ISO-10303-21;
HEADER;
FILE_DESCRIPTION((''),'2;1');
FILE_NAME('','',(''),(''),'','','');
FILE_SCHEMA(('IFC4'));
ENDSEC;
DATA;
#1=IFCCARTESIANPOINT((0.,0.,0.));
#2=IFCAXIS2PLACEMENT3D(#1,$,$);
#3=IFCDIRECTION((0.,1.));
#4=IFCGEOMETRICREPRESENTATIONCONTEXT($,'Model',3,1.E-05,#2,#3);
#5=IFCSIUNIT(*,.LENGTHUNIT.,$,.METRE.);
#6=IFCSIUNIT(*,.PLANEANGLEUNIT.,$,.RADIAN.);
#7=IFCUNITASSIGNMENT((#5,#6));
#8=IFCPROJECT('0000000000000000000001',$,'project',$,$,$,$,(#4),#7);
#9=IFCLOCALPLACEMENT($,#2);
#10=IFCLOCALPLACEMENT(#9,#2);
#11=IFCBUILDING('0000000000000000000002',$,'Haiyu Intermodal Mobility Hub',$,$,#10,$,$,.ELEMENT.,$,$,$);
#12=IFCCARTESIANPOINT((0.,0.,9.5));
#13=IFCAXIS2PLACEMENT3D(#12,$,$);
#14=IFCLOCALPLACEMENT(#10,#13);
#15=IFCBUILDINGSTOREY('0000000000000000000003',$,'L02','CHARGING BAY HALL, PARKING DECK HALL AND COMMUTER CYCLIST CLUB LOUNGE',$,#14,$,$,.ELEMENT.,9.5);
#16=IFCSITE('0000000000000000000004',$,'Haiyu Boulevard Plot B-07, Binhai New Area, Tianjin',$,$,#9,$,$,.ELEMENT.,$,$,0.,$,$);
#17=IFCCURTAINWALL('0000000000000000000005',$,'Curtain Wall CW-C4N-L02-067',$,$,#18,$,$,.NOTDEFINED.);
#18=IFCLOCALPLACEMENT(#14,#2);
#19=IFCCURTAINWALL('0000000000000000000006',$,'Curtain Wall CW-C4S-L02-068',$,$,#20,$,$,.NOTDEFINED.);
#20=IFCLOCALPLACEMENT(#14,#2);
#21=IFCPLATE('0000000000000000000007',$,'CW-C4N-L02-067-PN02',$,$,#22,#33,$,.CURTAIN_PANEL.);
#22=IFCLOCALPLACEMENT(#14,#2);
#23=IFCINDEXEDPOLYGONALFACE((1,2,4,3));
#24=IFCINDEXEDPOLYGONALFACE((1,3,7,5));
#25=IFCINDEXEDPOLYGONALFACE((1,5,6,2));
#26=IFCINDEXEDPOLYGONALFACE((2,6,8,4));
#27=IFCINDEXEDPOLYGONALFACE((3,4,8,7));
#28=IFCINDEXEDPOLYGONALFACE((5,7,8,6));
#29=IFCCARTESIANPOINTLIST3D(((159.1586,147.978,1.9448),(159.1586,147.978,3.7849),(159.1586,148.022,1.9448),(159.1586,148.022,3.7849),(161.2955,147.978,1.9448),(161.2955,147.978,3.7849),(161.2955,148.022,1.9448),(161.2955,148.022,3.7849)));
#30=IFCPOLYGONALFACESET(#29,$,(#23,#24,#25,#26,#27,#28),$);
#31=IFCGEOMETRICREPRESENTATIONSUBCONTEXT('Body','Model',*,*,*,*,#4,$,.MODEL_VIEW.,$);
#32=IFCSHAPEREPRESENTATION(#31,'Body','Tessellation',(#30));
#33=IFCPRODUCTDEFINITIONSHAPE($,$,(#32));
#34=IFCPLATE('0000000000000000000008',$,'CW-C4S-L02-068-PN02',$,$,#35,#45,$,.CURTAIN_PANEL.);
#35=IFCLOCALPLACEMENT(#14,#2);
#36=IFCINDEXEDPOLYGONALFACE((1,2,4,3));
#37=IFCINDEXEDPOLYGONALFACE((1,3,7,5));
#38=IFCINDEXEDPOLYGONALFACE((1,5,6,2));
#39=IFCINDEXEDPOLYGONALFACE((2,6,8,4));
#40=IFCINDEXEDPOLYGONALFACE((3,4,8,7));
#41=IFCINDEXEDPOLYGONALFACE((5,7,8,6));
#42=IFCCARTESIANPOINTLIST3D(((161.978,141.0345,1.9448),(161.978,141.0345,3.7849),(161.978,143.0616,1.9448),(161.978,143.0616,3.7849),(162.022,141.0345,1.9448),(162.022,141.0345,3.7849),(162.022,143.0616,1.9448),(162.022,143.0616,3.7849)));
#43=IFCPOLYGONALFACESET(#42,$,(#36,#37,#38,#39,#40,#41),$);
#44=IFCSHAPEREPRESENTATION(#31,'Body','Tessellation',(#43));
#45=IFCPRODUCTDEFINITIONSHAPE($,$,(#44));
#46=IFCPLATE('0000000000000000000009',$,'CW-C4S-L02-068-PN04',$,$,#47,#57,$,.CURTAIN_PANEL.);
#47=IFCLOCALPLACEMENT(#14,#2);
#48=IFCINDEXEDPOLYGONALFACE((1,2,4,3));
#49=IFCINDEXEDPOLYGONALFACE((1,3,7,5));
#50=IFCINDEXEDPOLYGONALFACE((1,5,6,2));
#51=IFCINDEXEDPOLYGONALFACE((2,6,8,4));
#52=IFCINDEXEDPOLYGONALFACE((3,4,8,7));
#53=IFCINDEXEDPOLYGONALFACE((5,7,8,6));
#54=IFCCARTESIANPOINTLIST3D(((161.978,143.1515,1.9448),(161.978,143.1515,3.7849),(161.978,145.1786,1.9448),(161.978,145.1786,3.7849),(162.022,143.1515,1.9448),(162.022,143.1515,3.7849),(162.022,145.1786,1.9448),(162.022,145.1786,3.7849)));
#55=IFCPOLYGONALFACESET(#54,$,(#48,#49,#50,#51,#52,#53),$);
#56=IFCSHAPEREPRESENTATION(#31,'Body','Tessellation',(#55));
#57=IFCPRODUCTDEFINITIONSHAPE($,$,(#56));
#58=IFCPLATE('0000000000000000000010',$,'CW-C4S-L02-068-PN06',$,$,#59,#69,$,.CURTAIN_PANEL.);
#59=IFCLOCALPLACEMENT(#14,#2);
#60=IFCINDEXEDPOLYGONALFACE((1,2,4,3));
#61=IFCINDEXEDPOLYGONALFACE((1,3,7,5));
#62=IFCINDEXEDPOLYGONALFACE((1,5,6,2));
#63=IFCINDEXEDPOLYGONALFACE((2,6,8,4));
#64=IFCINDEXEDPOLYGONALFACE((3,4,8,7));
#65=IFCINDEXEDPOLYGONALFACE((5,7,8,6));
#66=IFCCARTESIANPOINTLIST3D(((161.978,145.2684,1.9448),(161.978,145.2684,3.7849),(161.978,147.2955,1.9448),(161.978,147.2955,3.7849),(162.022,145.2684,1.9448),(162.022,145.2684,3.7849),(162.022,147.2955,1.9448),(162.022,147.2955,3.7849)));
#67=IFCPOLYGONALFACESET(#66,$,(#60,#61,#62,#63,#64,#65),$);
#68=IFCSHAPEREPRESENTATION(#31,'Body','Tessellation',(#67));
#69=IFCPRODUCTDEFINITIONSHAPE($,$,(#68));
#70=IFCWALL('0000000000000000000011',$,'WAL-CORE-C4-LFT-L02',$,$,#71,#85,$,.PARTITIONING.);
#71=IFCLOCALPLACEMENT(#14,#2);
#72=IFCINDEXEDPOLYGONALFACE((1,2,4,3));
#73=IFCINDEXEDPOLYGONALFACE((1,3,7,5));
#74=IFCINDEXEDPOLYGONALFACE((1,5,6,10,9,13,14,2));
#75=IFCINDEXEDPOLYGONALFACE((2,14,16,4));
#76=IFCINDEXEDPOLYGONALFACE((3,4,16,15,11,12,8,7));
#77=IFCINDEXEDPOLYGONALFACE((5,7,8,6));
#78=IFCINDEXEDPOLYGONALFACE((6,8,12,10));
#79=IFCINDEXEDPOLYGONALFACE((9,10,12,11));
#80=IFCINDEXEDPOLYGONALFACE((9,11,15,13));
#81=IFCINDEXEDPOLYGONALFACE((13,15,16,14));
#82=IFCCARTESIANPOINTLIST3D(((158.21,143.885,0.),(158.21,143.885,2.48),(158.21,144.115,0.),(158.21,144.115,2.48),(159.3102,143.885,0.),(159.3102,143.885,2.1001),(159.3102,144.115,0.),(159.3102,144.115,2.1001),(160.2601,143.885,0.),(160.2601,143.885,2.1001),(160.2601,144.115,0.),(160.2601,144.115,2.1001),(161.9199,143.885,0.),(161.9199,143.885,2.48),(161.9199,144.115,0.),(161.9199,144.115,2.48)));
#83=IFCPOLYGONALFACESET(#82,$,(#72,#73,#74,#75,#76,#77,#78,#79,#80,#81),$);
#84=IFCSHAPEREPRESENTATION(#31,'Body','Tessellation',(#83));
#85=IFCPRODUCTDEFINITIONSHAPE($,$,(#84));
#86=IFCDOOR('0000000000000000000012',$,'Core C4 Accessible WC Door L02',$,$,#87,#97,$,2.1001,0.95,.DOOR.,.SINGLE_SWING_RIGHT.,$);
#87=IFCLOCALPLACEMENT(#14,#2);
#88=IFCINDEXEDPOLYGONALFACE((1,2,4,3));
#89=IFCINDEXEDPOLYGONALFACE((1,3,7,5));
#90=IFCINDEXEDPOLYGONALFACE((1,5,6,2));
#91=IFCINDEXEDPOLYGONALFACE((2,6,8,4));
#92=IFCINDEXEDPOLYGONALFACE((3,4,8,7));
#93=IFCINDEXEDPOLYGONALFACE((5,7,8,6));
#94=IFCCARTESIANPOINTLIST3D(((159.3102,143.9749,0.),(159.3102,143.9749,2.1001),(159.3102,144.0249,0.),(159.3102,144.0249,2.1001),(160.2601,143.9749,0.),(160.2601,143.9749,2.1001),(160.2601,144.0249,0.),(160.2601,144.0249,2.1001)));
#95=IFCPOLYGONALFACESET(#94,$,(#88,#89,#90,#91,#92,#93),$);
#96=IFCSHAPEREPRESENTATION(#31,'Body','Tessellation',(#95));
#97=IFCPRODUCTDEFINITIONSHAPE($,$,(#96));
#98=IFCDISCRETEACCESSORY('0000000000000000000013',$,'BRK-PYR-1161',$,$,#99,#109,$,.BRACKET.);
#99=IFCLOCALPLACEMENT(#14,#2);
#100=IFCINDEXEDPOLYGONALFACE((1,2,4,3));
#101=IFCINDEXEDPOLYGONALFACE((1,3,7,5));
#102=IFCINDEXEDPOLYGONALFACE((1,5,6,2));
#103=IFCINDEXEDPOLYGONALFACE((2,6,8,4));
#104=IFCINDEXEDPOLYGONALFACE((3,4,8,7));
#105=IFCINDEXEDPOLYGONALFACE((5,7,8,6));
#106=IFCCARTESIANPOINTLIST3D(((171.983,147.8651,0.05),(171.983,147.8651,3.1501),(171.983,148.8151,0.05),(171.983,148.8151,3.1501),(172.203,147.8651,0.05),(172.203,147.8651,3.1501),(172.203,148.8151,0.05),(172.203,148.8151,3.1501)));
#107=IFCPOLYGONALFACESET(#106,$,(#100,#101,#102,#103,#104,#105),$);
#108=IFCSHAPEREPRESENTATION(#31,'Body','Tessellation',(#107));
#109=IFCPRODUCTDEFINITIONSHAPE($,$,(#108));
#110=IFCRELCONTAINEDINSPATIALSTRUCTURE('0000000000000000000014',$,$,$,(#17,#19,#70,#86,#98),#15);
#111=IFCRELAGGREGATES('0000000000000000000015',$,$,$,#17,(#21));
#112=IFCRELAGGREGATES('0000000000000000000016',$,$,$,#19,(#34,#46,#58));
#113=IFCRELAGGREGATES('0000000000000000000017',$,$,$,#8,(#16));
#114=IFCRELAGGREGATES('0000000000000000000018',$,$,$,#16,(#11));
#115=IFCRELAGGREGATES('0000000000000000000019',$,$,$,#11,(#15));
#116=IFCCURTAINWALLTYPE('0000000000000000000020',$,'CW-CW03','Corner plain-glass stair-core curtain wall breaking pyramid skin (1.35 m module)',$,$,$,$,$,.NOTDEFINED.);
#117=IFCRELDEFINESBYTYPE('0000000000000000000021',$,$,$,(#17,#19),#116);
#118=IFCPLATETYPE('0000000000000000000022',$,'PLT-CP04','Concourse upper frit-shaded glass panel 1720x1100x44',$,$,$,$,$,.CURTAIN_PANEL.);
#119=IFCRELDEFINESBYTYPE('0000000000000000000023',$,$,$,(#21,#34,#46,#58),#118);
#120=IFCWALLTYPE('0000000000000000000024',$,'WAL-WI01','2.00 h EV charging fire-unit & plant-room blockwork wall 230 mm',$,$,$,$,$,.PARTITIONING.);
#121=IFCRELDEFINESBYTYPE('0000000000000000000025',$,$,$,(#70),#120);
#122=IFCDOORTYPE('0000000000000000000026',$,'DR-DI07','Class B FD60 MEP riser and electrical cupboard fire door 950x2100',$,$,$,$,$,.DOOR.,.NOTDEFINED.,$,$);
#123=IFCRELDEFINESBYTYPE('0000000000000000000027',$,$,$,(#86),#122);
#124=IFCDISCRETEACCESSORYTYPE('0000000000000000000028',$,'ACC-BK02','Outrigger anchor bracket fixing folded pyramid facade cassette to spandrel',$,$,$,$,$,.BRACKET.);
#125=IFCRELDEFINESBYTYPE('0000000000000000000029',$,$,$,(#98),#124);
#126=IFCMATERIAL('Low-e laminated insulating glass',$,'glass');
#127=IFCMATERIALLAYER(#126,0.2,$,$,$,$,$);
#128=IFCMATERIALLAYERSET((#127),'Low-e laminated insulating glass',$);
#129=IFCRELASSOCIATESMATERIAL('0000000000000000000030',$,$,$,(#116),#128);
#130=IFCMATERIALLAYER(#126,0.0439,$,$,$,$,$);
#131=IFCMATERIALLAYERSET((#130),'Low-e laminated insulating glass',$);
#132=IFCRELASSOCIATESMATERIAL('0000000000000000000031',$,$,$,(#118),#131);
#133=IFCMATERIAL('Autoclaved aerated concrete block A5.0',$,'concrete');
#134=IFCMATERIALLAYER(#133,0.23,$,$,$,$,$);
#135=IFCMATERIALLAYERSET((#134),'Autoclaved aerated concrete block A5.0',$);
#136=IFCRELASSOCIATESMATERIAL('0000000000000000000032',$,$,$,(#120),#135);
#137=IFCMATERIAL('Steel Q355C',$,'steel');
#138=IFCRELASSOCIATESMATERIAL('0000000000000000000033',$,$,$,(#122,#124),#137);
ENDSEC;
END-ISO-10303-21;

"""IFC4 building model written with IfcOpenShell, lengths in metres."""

from ifc_helpers import new_model, si_unit, direction, frame, frame_2d, origin, origin_2d, place, context, subcontext, project, spatial, rectangle, extrude, material, layer, layer_set, type_object, element, fill, aggregate, save


model = new_model("IFC4")

# Units and contexts
model_context = context("Model", 3, precision=1e-05, world=origin(), true_north=direction((0.0, 1.0)))
body_context = subcontext(model_context, "Body", "Model", "MODEL_VIEW")
ifc_project = project(units=[si_unit("LENGTHUNIT", "METRE"), si_unit("PLANEANGLEUNIT", "RADIAN")], contexts=[model_context])

# Site, building, storey
site_placement = place(None, origin())
site = spatial("IfcSite", under=ifc_project, at=site_placement, Name="Haiyu Boulevard Plot B-07, Binhai New Area, Tianjin", CompositionType="ELEMENT", RefElevation=0.0)
building_placement = place(site_placement, origin())
building = spatial("IfcBuilding", under=site, at=building_placement, Name="Haiyu Intermodal Mobility Hub", CompositionType="ELEMENT")
storey_placement = place(building_placement, frame((0.0, 0.0, 9.5)))
storey = spatial("IfcBuildingStorey", under=building, at=storey_placement, Name="L02", Description="CHARGING BAY HALL, PARKING DECK HALL AND COMMUTER CYCLIST CLUB LOUNGE", CompositionType="ELEMENT", Elevation=9.5)

# Shared definitions
ifc_material_1 = material(Name="Steel Q355C", Category="steel")

# Curtain walls
ifc_material_2 = material(Name="Low-e laminated insulating glass", Category="glass")
ifc_layer_1 = layer(ifc_material_2, 0.2)
ifc_layer_set_1 = layer_set([ifc_layer_1], Name="Low-e laminated insulating glass")
curtain_wall_type = type_object("IfcCurtainWallType", Name="CW-CW03", Description="Corner plain-glass stair-core curtain wall breaking pyramid skin (1.35 m module)", PredefinedType="NOTDEFINED", material=ifc_layer_set_1)
curtain_wall_1_placement = place(storey_placement, origin())
curtain_wall_1 = element("IfcCurtainWall", 1, at=curtain_wall_1_placement, inside=storey, type_object=curtain_wall_type, Name="Curtain Wall CW-C4N-L02-067", PredefinedType="NOTDEFINED")
curtain_wall_2_placement = place(storey_placement, origin())
curtain_wall_2 = element("IfcCurtainWall", 2, at=curtain_wall_2_placement, inside=storey, type_object=curtain_wall_type, Name="Curtain Wall CW-C4S-L02-068", PredefinedType="NOTDEFINED")

# Plates
ifc_layer_2 = layer(ifc_material_2, 0.0439)
ifc_layer_set_2 = layer_set([ifc_layer_2], Name="Low-e laminated insulating glass")
plate_type_1 = type_object("IfcPlateType", Name="PLT-CP04", Description="Concourse upper frit-shaded glass panel 1720x1100x44", PredefinedType="CURTAIN_PANEL", material=ifc_layer_set_2)
plate_1_placement = place(storey_placement, frame((160.2271, 148.0, 1.9448), z_axis=(0.0, 0.0, 1.0), x_axis=(-1.0, 0.0, 0.0)))
plate_1 = element("IfcPlate", 3, at=plate_1_placement, type_object=plate_type_1, Name="CW-C4N-L02-067-PN02", PredefinedType="CURTAIN_PANEL", context=body_context, shape_type="SweptSolid", body=[
    extrude(rectangle(XDim=2.137, YDim=0.0439, at=origin_2d()), origin(), (0.0, 0.0, 1.0), 1.8401),
])
aggregate(curtain_wall_1, [plate_1])
plate_2_placement = place(storey_placement, frame((162.0, 142.0481, 1.9448), z_axis=(0.0, 0.0, 1.0), x_axis=(0.0, 1.0, 0.0)))
plate_2 = element("IfcPlate", 4, at=plate_2_placement, type_object=plate_type_1, Name="CW-C4S-L02-068-PN02", PredefinedType="CURTAIN_PANEL", context=body_context, shape_type="SweptSolid", body=[
    extrude(rectangle(XDim=2.0271, YDim=0.0439, at=origin_2d()), origin(), (0.0, 0.0, 1.0), 1.8401),
])
plate_3_placement = place(storey_placement, frame((162.0, 144.165, 1.9448), z_axis=(0.0, 0.0, 1.0), x_axis=(0.0, 1.0, 0.0)))
plate_3 = element("IfcPlate", 5, at=plate_3_placement, type_object=plate_type_1, Name="CW-C4S-L02-068-PN04", PredefinedType="CURTAIN_PANEL", context=body_context, shape_type="SweptSolid", body=[
    extrude(rectangle(XDim=2.0271, YDim=0.0439, at=origin_2d()), origin(), (0.0, 0.0, 1.0), 1.8401),
])
plate_4_placement = place(storey_placement, frame((162.0, 146.282, 1.9448), z_axis=(0.0, 0.0, 1.0), x_axis=(0.0, 1.0, 0.0)))
plate_4 = element("IfcPlate", 6, at=plate_4_placement, type_object=plate_type_1, Name="CW-C4S-L02-068-PN06", PredefinedType="CURTAIN_PANEL", context=body_context, shape_type="SweptSolid", body=[
    extrude(rectangle(XDim=2.0271, YDim=0.0439, at=origin_2d()), origin(), (0.0, 0.0, 1.0), 1.8401),
])
aggregate(curtain_wall_2, [plate_2, plate_3, plate_4])

# Wall, opening, door
ifc_material_3 = material(Name="Autoclaved aerated concrete block A5.0", Category="concrete")
ifc_layer_3 = layer(ifc_material_3, 0.23)
ifc_layer_set_3 = layer_set([ifc_layer_3], Name="Autoclaved aerated concrete block A5.0")
wall_type = type_object("IfcWallType", Name="WAL-WI01", Description="2.00 h EV charging fire-unit & plant-room blockwork wall 230 mm", PredefinedType="PARTITIONING", material=ifc_layer_set_3)
wall_placement = place(storey_placement, frame((158.21, 144.0, 0.0), z_axis=(0.0, 0.0, 1.0), x_axis=(1.0, 0.0, 0.0)))
wall = element("IfcWall", 7, at=wall_placement, inside=storey, type_object=wall_type, Name="WAL-CORE-C4-LFT-L02", PredefinedType="PARTITIONING", context=body_context, shape_type="SweptSolid", body=[
    extrude(rectangle(XDim=3.71, YDim=0.23, at=frame_2d((1.855, 0.0))), origin(), (0.0, 0.0, 1.0), 2.48),
])
opening_placement = place(wall_placement, frame((1.1001, 0.0, 0.0)))
opening = element("IfcOpeningElement", 8, at=opening_placement, cuts=wall, PredefinedType="OPENING", context=body_context, shape_type="SweptSolid", body=[
    extrude(rectangle(XDim=0.95, YDim=2.1001, at=frame_2d((0.4751, 1.05))), frame((0.0, 0.125, 0.0), z_axis=(0.0, -1.0, 0.0), x_axis=(1.0, 0.0, 0.0)), (0.0, 0.0, 1.0), 0.25),
])
door_type = type_object("IfcDoorType", Name="DR-DI07", Description="Class B FD60 MEP riser and electrical cupboard fire door 950x2100", OperationType="NOTDEFINED", PredefinedType="DOOR", material=ifc_material_1)
door_placement = place(opening_placement, origin())
door = element("IfcDoor", 9, at=door_placement, inside=storey, type_object=door_type, Name="Core C4 Accessible WC Door L02", OperationType="SINGLE_SWING_RIGHT", OverallHeight=2.1001, OverallWidth=0.95, PredefinedType="DOOR", context=body_context, shape_type="SweptSolid", body=[
    extrude(rectangle(XDim=0.95, YDim=2.1001, at=frame_2d((0.4751, 1.05))), frame((0.0, 0.0249, 0.0), z_axis=(0.0, -1.0, 0.0), x_axis=(1.0, 0.0, 0.0)), (0.0, 0.0, 1.0), 0.05),
])
fill(opening, door)

# Discrete accessory
discrete_accessory_type = type_object("IfcDiscreteAccessoryType", Name="ACC-BK02", Description="Outrigger anchor bracket fixing folded pyramid facade cassette to spandrel", PredefinedType="BRACKET", material=ifc_material_1)
discrete_accessory_placement = place(storey_placement, frame((172.093, 148.3401, 0.05), z_axis=(0.0, 0.0, 1.0), x_axis=(1.0, 0.0, 0.0)))
element("IfcDiscreteAccessory", 10, at=discrete_accessory_placement, inside=storey, type_object=discrete_accessory_type, Name="BRK-PYR-1161", PredefinedType="BRACKET", context=body_context, shape_type="SweptSolid", body=[
    extrude(rectangle(XDim=0.22, YDim=0.95, at=origin_2d()), origin(), (0.0, 0.0, 1.0), 3.1001),
])

save(model, "model.ifc")
